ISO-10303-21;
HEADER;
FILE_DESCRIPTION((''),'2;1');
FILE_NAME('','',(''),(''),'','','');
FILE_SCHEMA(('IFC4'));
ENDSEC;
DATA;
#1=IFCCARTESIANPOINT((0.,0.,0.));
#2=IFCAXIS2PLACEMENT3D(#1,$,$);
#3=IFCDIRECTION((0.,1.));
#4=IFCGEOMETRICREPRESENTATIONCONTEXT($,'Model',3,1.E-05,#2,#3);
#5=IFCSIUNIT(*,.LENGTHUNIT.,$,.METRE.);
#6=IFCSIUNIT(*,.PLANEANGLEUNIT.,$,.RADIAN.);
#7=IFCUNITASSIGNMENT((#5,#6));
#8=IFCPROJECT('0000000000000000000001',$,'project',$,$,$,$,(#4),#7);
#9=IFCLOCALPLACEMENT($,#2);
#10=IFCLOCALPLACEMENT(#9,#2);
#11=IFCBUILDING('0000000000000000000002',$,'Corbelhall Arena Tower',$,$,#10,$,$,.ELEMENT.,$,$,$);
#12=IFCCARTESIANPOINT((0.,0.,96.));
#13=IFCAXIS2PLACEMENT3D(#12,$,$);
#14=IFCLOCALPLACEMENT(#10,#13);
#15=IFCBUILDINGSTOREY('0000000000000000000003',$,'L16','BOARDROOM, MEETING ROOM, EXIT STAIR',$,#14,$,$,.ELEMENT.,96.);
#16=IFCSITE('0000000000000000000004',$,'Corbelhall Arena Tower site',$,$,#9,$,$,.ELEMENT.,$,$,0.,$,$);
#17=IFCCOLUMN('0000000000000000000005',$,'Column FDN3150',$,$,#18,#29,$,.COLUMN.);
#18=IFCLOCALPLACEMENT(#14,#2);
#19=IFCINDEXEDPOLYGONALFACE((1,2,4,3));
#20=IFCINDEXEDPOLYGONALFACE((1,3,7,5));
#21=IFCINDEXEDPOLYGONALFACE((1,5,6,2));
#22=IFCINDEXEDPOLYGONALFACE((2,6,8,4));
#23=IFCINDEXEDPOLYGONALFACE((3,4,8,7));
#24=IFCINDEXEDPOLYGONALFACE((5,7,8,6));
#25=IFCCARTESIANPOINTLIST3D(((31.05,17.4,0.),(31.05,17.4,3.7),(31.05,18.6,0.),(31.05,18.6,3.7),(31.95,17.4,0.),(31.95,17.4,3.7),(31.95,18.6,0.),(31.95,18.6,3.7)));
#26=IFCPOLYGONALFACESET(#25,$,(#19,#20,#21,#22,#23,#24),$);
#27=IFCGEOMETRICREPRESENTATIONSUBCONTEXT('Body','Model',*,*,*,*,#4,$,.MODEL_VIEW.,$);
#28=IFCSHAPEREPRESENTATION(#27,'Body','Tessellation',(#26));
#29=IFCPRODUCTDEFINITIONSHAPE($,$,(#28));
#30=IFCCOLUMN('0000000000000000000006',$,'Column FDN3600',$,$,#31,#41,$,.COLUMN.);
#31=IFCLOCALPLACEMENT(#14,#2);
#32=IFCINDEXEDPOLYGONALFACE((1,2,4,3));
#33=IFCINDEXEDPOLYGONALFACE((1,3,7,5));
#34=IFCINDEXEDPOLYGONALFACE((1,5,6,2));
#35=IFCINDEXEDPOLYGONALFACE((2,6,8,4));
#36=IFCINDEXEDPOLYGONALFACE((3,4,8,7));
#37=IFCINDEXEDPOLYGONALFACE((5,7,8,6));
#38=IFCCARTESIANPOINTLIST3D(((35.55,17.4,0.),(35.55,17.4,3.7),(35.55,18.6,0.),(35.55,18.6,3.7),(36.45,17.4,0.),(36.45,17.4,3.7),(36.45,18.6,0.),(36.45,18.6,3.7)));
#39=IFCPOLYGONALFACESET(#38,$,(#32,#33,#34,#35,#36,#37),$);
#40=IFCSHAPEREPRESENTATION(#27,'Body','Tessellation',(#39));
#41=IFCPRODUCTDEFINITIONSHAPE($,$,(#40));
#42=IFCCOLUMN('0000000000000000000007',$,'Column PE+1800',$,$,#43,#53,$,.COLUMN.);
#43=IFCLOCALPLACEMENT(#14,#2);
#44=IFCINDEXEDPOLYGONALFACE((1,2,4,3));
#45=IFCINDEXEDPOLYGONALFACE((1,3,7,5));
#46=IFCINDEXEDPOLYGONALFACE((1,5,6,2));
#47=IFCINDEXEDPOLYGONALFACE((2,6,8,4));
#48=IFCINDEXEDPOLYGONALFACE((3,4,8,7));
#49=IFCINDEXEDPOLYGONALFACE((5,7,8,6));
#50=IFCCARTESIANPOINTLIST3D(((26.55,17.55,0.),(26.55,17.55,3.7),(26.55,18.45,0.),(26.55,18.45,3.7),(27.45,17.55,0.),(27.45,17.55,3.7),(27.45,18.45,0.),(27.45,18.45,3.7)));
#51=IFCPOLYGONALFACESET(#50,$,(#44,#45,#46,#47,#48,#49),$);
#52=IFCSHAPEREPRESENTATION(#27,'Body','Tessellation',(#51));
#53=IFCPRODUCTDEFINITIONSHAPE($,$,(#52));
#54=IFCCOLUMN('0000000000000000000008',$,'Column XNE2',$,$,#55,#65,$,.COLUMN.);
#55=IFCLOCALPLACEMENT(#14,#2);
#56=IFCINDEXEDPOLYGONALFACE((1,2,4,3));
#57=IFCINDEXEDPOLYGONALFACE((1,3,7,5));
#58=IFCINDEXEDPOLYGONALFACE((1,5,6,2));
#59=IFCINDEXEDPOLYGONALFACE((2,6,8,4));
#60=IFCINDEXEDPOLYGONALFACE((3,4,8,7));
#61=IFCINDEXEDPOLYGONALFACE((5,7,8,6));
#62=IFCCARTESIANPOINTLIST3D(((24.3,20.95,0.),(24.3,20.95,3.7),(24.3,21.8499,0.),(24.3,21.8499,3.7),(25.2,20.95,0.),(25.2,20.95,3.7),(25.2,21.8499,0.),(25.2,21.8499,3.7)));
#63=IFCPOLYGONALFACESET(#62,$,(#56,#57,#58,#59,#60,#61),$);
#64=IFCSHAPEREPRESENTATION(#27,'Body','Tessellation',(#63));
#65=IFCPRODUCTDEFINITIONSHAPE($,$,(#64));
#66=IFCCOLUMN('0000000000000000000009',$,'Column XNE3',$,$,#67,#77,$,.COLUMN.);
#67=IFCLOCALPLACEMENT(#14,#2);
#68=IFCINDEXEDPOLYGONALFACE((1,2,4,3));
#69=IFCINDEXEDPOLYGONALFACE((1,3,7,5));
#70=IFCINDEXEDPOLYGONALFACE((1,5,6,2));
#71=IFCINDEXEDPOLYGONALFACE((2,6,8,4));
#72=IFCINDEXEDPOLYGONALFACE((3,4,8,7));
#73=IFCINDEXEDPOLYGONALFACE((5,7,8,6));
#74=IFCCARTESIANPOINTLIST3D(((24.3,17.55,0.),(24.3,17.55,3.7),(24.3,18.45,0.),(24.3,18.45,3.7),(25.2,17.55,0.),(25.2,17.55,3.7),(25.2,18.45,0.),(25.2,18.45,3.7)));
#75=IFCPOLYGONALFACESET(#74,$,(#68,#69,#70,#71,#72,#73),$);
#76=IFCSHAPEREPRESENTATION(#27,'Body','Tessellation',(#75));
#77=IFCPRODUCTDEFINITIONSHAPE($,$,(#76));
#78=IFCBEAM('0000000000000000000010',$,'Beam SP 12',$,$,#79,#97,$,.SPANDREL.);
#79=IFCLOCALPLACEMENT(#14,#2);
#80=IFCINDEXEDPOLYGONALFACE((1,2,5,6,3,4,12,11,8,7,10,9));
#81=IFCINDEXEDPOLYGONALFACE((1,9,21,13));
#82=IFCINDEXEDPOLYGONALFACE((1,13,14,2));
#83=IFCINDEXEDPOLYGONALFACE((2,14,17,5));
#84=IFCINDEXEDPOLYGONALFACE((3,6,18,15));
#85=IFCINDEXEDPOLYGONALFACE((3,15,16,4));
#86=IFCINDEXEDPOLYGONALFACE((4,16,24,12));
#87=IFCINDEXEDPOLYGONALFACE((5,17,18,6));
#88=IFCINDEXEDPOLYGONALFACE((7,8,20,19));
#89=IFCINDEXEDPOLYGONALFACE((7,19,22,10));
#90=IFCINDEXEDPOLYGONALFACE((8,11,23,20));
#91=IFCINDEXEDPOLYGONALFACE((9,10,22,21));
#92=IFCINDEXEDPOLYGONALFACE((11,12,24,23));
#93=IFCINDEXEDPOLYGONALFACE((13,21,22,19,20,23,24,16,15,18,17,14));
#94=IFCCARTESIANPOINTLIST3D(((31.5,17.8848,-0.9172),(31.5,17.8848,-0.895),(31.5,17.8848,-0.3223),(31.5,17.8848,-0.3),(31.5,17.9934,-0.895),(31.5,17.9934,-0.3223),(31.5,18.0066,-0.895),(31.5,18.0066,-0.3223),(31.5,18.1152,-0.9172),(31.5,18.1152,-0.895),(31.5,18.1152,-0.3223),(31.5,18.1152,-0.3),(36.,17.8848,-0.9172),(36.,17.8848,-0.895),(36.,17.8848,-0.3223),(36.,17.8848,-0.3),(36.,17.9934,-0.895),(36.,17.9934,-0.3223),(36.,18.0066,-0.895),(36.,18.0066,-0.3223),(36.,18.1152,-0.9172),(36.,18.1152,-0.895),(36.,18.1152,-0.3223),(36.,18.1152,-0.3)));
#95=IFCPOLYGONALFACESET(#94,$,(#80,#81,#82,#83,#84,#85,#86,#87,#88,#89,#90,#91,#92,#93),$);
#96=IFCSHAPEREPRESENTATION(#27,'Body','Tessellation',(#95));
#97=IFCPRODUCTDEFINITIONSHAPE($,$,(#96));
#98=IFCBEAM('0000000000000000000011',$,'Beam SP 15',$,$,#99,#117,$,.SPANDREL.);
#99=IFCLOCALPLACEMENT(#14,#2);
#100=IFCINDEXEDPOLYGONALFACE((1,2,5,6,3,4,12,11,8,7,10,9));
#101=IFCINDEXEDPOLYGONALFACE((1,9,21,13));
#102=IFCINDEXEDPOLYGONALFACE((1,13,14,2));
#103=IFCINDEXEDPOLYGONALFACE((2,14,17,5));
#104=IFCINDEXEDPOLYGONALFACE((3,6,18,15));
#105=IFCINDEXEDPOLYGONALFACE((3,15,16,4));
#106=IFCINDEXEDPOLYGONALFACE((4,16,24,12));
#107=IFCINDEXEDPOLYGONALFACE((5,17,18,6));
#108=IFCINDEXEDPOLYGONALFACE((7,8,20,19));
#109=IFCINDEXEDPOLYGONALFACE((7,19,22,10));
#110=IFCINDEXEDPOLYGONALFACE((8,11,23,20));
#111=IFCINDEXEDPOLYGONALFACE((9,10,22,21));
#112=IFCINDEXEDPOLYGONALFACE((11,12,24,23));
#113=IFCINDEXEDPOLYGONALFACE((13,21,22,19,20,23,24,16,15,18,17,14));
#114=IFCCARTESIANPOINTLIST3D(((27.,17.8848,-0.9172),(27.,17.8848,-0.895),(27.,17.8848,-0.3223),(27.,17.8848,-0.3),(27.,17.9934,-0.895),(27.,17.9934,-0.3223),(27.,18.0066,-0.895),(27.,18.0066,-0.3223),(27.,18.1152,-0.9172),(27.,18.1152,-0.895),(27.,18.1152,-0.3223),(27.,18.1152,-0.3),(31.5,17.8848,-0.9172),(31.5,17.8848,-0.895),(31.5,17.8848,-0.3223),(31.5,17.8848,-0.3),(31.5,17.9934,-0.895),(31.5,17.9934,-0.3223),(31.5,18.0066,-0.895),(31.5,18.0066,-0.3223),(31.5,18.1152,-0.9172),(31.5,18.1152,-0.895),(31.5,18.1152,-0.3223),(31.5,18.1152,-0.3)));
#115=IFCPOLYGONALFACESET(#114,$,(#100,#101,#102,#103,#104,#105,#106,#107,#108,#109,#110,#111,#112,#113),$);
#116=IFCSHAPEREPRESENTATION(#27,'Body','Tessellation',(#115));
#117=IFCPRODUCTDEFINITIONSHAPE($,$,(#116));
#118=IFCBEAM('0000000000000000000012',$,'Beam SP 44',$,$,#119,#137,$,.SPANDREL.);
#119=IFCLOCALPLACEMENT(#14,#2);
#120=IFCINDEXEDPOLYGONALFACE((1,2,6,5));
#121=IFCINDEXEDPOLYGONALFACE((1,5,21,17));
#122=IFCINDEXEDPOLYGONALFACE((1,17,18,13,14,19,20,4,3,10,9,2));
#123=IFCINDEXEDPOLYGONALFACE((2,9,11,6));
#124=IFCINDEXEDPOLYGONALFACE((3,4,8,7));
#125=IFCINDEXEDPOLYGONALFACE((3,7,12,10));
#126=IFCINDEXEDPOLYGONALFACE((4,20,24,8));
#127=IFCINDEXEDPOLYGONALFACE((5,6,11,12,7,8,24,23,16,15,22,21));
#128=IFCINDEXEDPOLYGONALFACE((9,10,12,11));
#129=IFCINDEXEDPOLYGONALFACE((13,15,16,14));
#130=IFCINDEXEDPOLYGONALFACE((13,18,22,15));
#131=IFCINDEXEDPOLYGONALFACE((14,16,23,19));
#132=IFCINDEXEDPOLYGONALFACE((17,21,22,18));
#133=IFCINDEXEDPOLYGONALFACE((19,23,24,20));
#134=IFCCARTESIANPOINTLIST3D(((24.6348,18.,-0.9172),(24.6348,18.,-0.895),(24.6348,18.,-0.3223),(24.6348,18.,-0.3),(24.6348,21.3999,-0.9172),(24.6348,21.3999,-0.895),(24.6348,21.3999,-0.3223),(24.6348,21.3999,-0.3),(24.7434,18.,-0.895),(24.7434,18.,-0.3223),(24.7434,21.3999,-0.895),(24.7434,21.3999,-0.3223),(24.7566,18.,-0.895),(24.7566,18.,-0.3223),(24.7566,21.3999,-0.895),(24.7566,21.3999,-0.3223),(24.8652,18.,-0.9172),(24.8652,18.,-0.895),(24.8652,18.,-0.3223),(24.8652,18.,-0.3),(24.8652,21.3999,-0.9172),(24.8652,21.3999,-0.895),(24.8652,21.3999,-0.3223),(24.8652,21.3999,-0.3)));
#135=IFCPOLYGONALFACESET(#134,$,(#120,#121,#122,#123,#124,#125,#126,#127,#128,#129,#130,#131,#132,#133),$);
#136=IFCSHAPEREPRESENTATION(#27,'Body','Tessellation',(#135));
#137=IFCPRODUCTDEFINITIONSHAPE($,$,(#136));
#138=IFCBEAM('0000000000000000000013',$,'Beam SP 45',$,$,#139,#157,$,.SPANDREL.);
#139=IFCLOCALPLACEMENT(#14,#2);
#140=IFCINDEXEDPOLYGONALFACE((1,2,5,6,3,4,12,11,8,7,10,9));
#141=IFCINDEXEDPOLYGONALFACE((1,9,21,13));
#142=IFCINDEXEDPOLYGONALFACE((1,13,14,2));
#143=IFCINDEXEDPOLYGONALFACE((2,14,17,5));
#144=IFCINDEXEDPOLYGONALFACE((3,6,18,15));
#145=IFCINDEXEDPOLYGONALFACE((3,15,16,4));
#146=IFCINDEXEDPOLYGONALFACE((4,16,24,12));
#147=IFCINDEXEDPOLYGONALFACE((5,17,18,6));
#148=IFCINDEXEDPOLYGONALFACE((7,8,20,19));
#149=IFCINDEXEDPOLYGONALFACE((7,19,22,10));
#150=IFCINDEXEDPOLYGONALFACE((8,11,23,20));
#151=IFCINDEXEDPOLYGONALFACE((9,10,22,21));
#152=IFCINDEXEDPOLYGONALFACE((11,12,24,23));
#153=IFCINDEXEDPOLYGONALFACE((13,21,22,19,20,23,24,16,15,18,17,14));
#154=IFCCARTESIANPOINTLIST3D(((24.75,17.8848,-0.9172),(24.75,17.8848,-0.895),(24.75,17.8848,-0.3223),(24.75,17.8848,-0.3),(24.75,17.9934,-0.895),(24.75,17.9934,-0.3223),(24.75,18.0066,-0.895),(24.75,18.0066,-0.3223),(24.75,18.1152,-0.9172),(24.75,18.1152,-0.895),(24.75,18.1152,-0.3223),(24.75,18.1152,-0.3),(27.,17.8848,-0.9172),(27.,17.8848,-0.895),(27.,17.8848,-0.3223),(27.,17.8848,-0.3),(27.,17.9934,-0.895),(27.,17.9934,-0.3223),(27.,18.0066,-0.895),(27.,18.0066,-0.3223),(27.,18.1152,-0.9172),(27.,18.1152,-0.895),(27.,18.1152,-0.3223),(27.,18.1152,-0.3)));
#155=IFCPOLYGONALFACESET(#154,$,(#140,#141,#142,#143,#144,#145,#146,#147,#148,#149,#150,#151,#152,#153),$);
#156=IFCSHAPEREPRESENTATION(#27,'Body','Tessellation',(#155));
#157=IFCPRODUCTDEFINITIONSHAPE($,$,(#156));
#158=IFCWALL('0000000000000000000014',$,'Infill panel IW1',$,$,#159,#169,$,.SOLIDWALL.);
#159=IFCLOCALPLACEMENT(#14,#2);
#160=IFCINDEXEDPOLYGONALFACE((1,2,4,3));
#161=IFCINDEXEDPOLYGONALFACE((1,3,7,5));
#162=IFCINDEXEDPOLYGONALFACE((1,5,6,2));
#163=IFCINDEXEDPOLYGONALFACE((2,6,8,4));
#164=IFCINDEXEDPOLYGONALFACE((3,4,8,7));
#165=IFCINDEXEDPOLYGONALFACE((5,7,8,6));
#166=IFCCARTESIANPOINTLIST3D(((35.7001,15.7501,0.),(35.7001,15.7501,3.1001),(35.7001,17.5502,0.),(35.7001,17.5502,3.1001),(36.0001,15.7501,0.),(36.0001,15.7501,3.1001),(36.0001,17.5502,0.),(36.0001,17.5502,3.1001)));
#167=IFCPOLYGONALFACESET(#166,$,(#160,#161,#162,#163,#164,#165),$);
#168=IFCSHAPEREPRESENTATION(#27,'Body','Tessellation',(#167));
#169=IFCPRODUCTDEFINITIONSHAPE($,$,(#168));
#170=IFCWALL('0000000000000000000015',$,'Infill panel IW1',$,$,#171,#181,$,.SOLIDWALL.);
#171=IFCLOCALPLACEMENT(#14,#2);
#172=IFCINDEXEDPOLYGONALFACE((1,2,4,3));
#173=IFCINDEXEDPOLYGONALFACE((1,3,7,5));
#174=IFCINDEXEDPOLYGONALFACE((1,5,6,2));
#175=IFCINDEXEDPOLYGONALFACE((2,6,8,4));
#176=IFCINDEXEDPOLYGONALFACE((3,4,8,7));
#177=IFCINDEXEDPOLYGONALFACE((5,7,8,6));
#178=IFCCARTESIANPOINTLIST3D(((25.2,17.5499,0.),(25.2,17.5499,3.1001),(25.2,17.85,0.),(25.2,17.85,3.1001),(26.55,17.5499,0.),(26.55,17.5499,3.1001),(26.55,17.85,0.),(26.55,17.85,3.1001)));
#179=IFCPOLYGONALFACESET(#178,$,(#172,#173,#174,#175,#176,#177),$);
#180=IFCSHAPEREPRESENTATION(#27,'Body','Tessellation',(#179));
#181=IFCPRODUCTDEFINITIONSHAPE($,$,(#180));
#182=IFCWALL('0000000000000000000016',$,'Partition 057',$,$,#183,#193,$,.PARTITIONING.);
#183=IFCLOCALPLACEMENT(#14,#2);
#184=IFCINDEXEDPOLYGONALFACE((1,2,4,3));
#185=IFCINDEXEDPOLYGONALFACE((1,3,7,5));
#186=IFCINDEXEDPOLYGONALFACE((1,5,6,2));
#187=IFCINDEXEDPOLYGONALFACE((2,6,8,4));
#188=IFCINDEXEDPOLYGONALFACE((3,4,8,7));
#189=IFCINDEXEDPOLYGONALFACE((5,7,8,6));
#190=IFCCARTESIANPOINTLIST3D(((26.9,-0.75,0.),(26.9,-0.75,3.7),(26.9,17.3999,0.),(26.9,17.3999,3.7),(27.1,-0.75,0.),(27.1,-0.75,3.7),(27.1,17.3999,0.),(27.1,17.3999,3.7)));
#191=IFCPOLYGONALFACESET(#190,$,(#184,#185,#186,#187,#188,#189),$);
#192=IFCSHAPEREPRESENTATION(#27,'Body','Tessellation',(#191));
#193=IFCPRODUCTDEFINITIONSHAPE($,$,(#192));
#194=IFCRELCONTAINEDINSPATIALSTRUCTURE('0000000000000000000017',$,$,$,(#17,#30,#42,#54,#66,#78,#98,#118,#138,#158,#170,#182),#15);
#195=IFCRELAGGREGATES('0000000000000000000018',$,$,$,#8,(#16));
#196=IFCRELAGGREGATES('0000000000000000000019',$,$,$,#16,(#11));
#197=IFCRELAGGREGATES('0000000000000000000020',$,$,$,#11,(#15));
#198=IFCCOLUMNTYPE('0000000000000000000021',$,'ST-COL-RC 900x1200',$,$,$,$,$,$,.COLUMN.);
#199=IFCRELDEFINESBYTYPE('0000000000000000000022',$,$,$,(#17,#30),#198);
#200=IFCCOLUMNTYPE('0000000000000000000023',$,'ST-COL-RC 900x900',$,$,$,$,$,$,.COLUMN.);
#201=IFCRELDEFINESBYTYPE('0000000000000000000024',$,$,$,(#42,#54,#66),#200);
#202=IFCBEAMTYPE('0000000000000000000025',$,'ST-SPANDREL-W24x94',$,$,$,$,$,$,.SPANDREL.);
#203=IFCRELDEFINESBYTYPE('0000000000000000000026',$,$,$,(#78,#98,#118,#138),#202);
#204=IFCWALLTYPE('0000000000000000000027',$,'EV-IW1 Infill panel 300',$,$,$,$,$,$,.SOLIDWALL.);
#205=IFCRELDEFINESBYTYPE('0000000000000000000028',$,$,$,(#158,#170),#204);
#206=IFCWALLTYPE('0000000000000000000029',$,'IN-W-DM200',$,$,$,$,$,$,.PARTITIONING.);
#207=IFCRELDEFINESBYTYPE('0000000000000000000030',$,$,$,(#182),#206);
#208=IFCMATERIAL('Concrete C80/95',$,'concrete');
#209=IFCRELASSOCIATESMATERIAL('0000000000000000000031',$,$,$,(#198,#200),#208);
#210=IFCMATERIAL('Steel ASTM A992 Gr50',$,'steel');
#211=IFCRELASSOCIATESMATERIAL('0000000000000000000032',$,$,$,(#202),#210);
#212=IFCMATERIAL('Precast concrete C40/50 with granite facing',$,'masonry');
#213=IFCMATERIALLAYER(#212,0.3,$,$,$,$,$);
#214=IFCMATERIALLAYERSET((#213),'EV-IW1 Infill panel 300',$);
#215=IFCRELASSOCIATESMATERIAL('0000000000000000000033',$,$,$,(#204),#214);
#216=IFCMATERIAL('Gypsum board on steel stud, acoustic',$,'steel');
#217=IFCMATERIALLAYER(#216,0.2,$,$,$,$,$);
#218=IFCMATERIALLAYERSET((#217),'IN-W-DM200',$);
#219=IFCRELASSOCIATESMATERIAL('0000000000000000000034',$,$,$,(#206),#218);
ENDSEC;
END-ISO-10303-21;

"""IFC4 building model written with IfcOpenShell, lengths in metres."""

from ifc_helpers import new_model, si_unit, direction, frame, frame_2d, origin, origin_2d, place, context, subcontext, project, spatial, rectangle, i_section, extrude, material, layer, layer_set, material_profile, profile_set, type_object, element, save


model = new_model("IFC4")

# Units and contexts
model_context = context("Model", 3, precision=1e-05, world=origin(), true_north=direction((0.0, 1.0)))
body_context = subcontext(model_context, "Body", "Model", "MODEL_VIEW")
ifc_project = project(units=[si_unit("LENGTHUNIT", "METRE"), si_unit("PLANEANGLEUNIT", "RADIAN")], contexts=[model_context])

# Site, building, storey
site_placement = place(None, origin())
site = spatial("IfcSite", under=ifc_project, at=site_placement, Name="Corbelhall Arena Tower site", CompositionType="ELEMENT", RefElevation=0.0)
building_placement = place(site_placement, origin())
building = spatial("IfcBuilding", under=site, at=building_placement, Name="Corbelhall Arena Tower", CompositionType="ELEMENT")
storey_placement = place(building_placement, frame((0.0, 0.0, 96.0)))
storey = spatial("IfcBuildingStorey", under=building, at=storey_placement, Name="L16", Description="BOARDROOM, MEETING ROOM, EXIT STAIR", CompositionType="ELEMENT", Elevation=96.0)

# Columns
ifc_material_1 = material(Name="Concrete C80/95", Category="concrete")
ifc_material_profile_1 = material_profile(ifc_material_1, rectangle(XDim=0.8999, YDim=1.2, at=origin_2d()))
ifc_profile_set_1 = profile_set([ifc_material_profile_1], Name="Concrete C80/95")
column_type_1 = type_object("IfcColumnType", Name="ST-COL-RC 900x1200", PredefinedType="COLUMN", material=ifc_profile_set_1)
for number, where, z_axis, x_axis, name in (
    (1, (31.5, 18.0, 0.0), (0.0, 0.0, 1.0), (1.0, 0.0, 0.0), "Column FDN3150"),
    (2, (36.0, 18.0, 0.0), (0.0, 0.0, 1.0), (1.0, 0.0, 0.0), "Column FDN3600"),
):
    element("IfcColumn", number, at=place(storey_placement, frame(where, z_axis=z_axis, x_axis=x_axis)), inside=storey, type_object=column_type_1, Name=name, PredefinedType="COLUMN", context=body_context, shape_type="SweptSolid", body=[
        extrude(rectangle(XDim=0.8999, YDim=1.2, at=origin_2d()), origin(), (0.0, 0.0, 1.0), 3.7),
    ])
ifc_material_profile_2 = material_profile(ifc_material_1, rectangle(XDim=0.8999, YDim=0.8999, at=origin_2d()))
ifc_profile_set_2 = profile_set([ifc_material_profile_2], Name="Concrete C80/95")
column_type_2 = type_object("IfcColumnType", Name="ST-COL-RC 900x900", PredefinedType="COLUMN", material=ifc_profile_set_2)
for number, where, z_axis, x_axis, name in (
    (3, (27.0, 18.0, 0.0), (0.0, 0.0, 1.0), (1.0, 0.0, 0.0), "Column PE+1800"),
    (4, (24.75, 21.3999, 0.0), (0.0, 0.0, 1.0), (1.0, 0.0, 0.0), "Column XNE2"),
    (5, (24.75, 18.0, 0.0), (0.0, 0.0, 1.0), (1.0, 0.0, 0.0), "Column XNE3"),
):
    element("IfcColumn", number, at=place(storey_placement, frame(where, z_axis=z_axis, x_axis=x_axis)), inside=storey, type_object=column_type_2, Name=name, PredefinedType="COLUMN", context=body_context, shape_type="SweptSolid", body=[
        extrude(rectangle(XDim=0.8999, YDim=0.8999, at=origin_2d()), origin(), (0.0, 0.0, 1.0), 3.7),
    ])

# Beams
ifc_material_2 = material(Name="Steel ASTM A992 Gr50", Category="steel")
ifc_material_profile_3 = material_profile(ifc_material_2, i_section(OverallWidth=0.2305, OverallDepth=0.6172, WebThickness=0.0132, FlangeThickness=0.0222, at=origin_2d()))
ifc_profile_set_3 = profile_set([ifc_material_profile_3], Name="Steel ASTM A992 Gr50")
beam_type = type_object("IfcBeamType", Name="ST-SPANDREL-W24x94", PredefinedType="SPANDREL", material=ifc_profile_set_3)
for number, where, z_axis, x_axis, name in (
    (6, (31.5, 18.0, -0.6086), (1.0, 0.0, 0.0), (0.0, 1.0, 0.0), "Beam SP 12"),
    (7, (27.0, 18.0, -0.6086), (1.0, 0.0, 0.0), (0.0, 1.0, 0.0), "Beam SP 15"),
):
    element("IfcBeam", number, at=place(storey_placement, frame(where, z_axis=z_axis, x_axis=x_axis)), inside=storey, type_object=beam_type, Name=name, PredefinedType="SPANDREL", context=body_context, shape_type="SweptSolid", body=[
        extrude(i_section(OverallWidth=0.2305, OverallDepth=0.6172, WebThickness=0.0132, FlangeThickness=0.0222, at=origin_2d()), origin(), (0.0, 0.0, 1.0), 4.5),
    ])
beam_1_placement = place(storey_placement, frame((24.75, 21.3999, -0.6086), z_axis=(0.0, -1.0, 0.0), x_axis=(1.0, 0.0, 0.0)))
element("IfcBeam", 8, at=beam_1_placement, inside=storey, type_object=beam_type, Name="Beam SP 44", PredefinedType="SPANDREL", context=body_context, shape_type="SweptSolid", body=[
    extrude(i_section(OverallWidth=0.2305, OverallDepth=0.6172, WebThickness=0.0132, FlangeThickness=0.0222, at=origin_2d()), origin(), (0.0, 0.0, 1.0), 3.3999),
])
beam_2_placement = place(storey_placement, frame((24.75, 18.0, -0.6086), z_axis=(1.0, 0.0, 0.0), x_axis=(0.0, 1.0, 0.0)))
element("IfcBeam", 9, at=beam_2_placement, inside=storey, type_object=beam_type, Name="Beam SP 45", PredefinedType="SPANDREL", context=body_context, shape_type="SweptSolid", body=[
    extrude(i_section(OverallWidth=0.2305, OverallDepth=0.6172, WebThickness=0.0132, FlangeThickness=0.0222, at=origin_2d()), origin(), (0.0, 0.0, 1.0), 2.25),
])

# Wall
ifc_material_3 = material(Name="Precast concrete C40/50 with granite facing", Category="masonry")
ifc_layer_1 = layer(ifc_material_3, 0.3)
ifc_layer_set_1 = layer_set([ifc_layer_1], Name="EV-IW1 Infill panel 300")
wall_type_1 = type_object("IfcWallType", Name="EV-IW1 Infill panel 300", PredefinedType="SOLIDWALL", material=ifc_layer_set_1)
wall_1_placement = place(storey_placement, frame((35.8501, 17.55, 0.0), z_axis=(0.0, 0.0, 1.0), x_axis=(0.0, -1.0, 0.0)))
element("IfcWall", 10, at=wall_1_placement, inside=storey, type_object=wall_type_1, Name="Infill panel IW1", PredefinedType="SOLIDWALL", context=body_context, shape_type="SweptSolid", body=[
    extrude(rectangle(XDim=1.8, YDim=0.3, at=frame_2d((0.8999, 0.0))), origin(), (0.0, 0.0, 1.0), 3.1001),
])

# Walls
wall_2_placement = place(storey_placement, frame((26.55, 17.7, 0.0), z_axis=(0.0, 0.0, 1.0), x_axis=(-1.0, 0.0, 0.0)))
element("IfcWall", 11, at=wall_2_placement, inside=storey, type_object=wall_type_1, Name="Infill panel IW1", PredefinedType="SOLIDWALL", context=body_context, shape_type="SweptSolid", body=[
    extrude(rectangle(XDim=1.3501, YDim=0.3, at=frame_2d((0.675, 0.0))), origin(), (0.0, 0.0, 1.0), 3.1001),
])
ifc_material_4 = material(Name="Gypsum board on steel stud, acoustic", Category="steel")
ifc_layer_2 = layer(ifc_material_4, 0.2)
ifc_layer_set_2 = layer_set([ifc_layer_2], Name="IN-W-DM200")
wall_type_2 = type_object("IfcWallType", Name="IN-W-DM200", PredefinedType="PARTITIONING", material=ifc_layer_set_2)
wall_3_placement = place(storey_placement, frame((27.0, 17.3999, 0.0), z_axis=(0.0, 0.0, 1.0), x_axis=(0.0, -1.0, 0.0)))
element("IfcWall", 12, at=wall_3_placement, inside=storey, type_object=wall_type_2, Name="Partition 057", PredefinedType="PARTITIONING", context=body_context, shape_type="SweptSolid", body=[
    extrude(rectangle(XDim=18.1499, YDim=0.2, at=frame_2d((9.075, 0.0))), origin(), (0.0, 0.0, 1.0), 3.7),
])

save(model, "model.ifc")
